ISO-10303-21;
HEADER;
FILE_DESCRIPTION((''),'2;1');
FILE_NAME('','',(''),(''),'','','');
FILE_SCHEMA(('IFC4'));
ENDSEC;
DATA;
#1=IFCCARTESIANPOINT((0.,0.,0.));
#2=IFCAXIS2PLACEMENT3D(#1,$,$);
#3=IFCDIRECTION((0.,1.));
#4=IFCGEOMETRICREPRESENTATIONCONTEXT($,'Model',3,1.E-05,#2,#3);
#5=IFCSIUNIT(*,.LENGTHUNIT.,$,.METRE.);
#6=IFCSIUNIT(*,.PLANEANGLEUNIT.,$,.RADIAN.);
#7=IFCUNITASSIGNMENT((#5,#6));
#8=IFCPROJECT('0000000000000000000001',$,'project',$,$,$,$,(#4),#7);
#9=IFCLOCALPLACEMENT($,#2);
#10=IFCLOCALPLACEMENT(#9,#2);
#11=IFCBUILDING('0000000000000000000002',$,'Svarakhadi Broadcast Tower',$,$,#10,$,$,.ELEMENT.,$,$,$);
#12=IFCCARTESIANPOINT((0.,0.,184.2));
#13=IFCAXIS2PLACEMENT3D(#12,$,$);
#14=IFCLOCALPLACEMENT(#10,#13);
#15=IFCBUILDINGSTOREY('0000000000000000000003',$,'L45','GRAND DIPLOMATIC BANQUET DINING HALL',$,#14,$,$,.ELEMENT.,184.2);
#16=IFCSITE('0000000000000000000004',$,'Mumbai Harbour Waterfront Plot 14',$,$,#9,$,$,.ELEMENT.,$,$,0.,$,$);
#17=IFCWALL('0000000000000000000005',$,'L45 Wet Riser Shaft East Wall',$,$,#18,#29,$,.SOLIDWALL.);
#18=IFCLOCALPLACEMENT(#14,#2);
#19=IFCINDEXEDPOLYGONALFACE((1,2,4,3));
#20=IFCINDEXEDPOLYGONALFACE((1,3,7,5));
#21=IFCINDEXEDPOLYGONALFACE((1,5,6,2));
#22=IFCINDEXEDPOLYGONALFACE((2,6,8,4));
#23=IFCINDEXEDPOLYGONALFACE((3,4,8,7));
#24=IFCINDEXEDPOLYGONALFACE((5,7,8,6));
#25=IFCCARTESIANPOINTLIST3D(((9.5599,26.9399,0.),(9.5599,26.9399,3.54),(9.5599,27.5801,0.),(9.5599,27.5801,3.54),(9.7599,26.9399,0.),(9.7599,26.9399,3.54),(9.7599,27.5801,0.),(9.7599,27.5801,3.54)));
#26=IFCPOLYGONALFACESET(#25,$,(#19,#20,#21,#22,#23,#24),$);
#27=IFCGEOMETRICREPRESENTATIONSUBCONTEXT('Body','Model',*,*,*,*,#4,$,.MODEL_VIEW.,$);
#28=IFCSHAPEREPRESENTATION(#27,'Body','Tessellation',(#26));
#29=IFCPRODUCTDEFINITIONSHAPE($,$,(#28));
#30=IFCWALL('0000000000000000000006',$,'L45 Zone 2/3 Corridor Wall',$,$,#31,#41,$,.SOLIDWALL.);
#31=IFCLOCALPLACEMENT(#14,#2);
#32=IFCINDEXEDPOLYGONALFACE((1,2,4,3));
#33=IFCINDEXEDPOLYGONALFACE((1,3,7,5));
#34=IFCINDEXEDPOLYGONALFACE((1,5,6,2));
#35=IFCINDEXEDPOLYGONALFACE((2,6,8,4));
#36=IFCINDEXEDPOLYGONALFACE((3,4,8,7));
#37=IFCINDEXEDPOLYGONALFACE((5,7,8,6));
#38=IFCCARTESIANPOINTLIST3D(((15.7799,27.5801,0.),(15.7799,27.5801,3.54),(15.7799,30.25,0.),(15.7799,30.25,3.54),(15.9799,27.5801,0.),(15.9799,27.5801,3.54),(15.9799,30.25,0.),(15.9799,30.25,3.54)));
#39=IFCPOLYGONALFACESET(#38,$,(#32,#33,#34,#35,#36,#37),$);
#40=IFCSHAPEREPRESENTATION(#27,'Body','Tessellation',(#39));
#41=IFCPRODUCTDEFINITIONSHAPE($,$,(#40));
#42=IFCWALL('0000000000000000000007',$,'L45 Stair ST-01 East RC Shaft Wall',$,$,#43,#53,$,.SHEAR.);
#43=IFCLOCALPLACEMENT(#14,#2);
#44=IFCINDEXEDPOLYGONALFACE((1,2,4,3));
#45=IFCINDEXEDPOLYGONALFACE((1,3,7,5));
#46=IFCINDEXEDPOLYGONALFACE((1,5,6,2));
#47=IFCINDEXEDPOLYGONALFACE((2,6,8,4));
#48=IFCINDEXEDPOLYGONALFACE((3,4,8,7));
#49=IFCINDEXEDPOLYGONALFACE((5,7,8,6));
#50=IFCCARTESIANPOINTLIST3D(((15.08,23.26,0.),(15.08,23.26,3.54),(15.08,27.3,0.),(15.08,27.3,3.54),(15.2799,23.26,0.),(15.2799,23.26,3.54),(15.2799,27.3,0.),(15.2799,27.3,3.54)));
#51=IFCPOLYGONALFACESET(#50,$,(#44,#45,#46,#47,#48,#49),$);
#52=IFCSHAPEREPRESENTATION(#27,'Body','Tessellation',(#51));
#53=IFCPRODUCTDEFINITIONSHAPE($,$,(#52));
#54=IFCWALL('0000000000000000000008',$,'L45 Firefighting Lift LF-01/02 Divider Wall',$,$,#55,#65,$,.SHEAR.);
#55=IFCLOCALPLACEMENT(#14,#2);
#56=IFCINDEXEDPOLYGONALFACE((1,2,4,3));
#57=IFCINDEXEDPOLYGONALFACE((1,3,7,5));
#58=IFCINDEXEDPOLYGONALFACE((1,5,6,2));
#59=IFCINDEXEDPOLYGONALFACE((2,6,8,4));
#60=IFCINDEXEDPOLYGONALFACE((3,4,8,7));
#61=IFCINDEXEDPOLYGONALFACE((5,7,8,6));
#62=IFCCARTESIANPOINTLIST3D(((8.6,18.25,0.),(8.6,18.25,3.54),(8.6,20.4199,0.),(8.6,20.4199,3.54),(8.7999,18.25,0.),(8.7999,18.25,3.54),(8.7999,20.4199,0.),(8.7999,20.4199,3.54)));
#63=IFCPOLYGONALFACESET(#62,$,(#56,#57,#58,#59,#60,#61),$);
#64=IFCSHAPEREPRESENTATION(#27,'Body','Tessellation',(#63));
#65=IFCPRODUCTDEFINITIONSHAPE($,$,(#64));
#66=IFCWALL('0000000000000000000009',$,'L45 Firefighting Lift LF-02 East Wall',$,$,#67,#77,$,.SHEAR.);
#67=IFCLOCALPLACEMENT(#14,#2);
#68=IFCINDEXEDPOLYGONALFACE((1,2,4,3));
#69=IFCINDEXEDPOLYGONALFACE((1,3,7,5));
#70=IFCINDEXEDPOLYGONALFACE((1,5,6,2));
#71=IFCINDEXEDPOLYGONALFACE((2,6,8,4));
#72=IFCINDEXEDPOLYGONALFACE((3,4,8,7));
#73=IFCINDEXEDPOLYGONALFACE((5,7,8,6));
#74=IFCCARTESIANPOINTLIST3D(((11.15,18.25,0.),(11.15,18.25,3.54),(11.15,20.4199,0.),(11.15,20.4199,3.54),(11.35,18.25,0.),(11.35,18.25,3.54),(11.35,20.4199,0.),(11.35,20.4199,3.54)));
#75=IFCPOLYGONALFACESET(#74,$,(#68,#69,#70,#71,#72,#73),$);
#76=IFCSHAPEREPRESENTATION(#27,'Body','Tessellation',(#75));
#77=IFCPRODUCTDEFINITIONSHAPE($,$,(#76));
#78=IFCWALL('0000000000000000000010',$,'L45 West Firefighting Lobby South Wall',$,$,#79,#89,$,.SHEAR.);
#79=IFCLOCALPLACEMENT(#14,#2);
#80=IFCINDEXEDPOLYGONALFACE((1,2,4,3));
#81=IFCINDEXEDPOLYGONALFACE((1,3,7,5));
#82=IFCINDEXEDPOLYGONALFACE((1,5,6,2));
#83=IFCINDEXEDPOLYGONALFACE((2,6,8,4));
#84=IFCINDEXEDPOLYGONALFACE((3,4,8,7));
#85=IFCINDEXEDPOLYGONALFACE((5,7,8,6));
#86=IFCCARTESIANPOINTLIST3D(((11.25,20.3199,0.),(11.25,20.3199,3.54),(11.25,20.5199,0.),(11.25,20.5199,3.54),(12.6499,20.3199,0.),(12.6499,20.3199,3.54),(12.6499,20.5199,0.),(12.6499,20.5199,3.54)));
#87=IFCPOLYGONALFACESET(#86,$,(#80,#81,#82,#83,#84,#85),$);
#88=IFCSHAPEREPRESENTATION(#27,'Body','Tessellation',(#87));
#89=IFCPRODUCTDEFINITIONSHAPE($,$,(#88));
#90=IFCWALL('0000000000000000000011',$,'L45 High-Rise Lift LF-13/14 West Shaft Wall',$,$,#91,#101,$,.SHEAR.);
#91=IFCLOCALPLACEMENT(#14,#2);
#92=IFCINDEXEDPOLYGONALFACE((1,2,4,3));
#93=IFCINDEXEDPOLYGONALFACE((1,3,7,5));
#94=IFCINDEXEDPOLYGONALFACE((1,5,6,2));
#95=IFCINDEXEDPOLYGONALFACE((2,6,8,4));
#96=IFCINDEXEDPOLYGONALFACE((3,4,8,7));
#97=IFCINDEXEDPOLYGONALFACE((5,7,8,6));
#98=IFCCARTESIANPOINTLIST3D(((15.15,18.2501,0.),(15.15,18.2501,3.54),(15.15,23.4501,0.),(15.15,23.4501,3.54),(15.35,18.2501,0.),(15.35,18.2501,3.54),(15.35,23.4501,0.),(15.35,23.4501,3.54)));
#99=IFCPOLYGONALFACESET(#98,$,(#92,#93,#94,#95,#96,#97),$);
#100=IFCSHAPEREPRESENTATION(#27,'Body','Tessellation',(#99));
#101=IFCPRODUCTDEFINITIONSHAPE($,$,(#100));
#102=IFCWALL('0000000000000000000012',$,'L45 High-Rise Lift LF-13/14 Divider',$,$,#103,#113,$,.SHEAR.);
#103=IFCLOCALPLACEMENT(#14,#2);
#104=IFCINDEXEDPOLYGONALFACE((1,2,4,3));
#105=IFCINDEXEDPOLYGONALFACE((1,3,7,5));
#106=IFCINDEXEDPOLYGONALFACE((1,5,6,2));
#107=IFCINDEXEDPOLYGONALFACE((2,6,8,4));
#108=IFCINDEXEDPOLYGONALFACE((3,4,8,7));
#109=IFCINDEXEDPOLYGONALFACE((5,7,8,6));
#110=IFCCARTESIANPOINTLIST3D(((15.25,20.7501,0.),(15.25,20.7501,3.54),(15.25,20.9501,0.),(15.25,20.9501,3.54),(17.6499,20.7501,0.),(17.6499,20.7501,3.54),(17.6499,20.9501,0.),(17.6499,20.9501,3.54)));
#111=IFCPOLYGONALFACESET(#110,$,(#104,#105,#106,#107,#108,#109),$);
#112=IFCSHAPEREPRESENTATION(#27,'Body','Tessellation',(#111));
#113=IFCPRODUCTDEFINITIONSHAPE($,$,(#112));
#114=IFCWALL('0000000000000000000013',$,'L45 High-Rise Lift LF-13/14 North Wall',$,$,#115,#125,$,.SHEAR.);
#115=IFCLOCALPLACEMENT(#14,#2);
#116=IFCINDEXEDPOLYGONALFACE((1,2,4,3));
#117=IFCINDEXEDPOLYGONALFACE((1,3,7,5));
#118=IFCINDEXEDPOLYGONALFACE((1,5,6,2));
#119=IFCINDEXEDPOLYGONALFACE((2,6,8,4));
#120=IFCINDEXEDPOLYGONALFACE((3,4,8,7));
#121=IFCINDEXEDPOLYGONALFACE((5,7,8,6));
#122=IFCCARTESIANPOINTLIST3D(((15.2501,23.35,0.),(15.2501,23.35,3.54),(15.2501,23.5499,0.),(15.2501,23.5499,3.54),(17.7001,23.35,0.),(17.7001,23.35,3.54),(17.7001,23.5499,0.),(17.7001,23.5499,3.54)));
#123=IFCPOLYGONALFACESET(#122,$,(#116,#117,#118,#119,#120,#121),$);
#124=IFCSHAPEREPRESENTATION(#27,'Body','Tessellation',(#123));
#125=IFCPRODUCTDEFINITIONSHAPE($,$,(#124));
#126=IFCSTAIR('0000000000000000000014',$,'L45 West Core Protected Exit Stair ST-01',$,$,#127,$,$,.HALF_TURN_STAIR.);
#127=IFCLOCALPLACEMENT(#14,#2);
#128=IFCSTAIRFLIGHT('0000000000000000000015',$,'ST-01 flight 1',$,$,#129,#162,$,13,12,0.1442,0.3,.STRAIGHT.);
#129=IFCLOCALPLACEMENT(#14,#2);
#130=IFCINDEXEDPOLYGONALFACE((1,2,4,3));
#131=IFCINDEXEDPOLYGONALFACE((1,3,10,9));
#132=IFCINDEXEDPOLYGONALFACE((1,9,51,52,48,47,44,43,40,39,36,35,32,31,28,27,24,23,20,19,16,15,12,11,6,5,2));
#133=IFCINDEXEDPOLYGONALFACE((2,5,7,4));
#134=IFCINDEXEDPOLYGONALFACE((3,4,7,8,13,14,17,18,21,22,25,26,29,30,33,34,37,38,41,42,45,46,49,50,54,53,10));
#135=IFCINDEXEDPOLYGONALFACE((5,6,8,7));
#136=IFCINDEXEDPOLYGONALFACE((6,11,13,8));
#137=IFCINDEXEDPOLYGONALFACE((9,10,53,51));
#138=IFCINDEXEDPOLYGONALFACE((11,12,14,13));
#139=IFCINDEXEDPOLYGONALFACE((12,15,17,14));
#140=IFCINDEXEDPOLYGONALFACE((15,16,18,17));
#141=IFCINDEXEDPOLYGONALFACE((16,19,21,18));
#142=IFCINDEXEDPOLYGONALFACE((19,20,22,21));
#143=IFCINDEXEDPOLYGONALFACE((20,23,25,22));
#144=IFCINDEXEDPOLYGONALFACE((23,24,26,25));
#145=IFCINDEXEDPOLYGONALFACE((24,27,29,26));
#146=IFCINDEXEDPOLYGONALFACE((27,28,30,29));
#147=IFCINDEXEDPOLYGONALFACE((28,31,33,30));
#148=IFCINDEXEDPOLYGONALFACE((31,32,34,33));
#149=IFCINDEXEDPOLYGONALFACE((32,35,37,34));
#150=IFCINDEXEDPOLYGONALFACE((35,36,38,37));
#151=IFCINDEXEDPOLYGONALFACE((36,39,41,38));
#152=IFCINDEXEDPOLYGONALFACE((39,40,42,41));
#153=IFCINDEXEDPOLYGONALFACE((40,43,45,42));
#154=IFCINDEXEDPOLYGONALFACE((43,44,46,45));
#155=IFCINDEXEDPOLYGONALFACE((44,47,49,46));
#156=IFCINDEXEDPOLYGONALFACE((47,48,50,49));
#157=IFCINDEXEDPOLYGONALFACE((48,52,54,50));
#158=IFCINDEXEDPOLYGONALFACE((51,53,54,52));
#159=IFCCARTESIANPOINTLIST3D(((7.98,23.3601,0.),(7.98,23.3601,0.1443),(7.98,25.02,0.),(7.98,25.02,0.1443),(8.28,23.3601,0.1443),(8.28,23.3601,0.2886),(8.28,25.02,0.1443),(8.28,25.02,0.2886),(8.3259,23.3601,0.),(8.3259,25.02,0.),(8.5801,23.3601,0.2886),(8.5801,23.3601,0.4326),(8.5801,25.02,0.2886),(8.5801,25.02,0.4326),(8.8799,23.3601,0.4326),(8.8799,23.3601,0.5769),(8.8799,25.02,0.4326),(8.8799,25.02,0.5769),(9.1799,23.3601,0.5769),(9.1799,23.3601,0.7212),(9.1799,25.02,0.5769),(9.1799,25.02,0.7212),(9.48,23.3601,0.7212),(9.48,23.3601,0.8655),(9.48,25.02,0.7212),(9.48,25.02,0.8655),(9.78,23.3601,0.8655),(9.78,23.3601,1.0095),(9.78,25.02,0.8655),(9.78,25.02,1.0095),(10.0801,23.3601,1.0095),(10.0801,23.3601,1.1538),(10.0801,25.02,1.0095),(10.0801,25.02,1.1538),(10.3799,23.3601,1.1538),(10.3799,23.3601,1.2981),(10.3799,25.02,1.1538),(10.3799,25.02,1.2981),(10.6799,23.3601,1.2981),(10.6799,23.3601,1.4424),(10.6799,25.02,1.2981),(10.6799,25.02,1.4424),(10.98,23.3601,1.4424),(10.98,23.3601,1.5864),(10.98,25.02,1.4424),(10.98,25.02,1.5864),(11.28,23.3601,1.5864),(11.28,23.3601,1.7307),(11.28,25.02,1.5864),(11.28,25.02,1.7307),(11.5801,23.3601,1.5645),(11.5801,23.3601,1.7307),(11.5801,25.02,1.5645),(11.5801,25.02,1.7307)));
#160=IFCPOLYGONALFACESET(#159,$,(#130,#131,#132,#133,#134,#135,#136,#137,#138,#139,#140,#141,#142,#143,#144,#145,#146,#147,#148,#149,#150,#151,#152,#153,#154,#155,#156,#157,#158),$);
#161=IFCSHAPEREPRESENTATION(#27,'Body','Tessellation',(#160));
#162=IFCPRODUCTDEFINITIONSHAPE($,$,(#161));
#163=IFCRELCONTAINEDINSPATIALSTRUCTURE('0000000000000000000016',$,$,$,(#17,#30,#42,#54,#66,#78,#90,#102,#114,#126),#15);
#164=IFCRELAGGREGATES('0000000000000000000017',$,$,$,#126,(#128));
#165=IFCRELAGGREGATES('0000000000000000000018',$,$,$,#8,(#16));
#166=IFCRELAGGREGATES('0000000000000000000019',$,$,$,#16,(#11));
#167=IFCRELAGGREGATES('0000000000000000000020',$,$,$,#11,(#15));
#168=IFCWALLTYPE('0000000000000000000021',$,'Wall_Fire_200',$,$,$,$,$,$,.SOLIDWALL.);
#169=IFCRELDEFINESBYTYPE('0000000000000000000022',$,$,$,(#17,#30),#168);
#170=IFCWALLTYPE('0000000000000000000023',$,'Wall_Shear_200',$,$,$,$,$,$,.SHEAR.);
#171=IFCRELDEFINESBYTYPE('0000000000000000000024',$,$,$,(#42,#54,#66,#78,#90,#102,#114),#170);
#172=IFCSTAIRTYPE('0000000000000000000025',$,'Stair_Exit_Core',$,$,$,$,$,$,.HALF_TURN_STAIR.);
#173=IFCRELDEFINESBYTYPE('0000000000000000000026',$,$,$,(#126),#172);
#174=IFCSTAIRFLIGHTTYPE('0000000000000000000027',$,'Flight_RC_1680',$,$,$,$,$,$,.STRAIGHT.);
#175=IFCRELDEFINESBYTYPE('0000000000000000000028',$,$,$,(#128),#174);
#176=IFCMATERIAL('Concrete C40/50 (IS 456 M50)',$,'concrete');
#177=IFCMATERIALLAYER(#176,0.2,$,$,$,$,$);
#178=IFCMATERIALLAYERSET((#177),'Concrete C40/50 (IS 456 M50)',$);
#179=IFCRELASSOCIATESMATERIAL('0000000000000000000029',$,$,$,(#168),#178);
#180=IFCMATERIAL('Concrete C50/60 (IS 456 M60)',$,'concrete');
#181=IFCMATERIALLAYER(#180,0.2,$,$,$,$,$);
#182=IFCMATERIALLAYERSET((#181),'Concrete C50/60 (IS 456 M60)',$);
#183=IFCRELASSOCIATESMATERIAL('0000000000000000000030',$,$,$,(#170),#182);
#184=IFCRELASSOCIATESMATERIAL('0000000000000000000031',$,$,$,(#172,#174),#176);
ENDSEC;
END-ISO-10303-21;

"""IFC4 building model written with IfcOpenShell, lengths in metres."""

from ifc_helpers import new_model, si_unit, direction, frame, frame_2d, origin, place, context, subcontext, project, spatial, polyline, rectangle, outline, extrude, material, layer, layer_set, type_object, element, aggregate, save


model = new_model("IFC4")

# Units and contexts
model_context = context("Model", 3, precision=1e-05, world=origin(), true_north=direction((0.0, 1.0)))
body_context = subcontext(model_context, "Body", "Model", "MODEL_VIEW")
ifc_project = project(units=[si_unit("LENGTHUNIT", "METRE"), si_unit("PLANEANGLEUNIT", "RADIAN")], contexts=[model_context])

# Site, building, storey
site_placement = place(None, origin())
site = spatial("IfcSite", under=ifc_project, at=site_placement, Name="Mumbai Harbour Waterfront Plot 14", CompositionType="ELEMENT", RefElevation=0.0)
building_placement = place(site_placement, origin())
building = spatial("IfcBuilding", under=site, at=building_placement, Name="Svarakhadi Broadcast Tower", CompositionType="ELEMENT")
storey_placement = place(building_placement, frame((0.0, 0.0, 184.2)))
storey = spatial("IfcBuildingStorey", under=building, at=storey_placement, Name="L45", Description="GRAND DIPLOMATIC BANQUET DINING HALL", CompositionType="ELEMENT", Elevation=184.2)

# Shared definitions
ifc_material_1 = material(Name="Concrete C50/60 (IS 456 M60)", Category="concrete")

# Walls
ifc_material_2 = material(Name="Concrete C40/50 (IS 456 M50)", Category="concrete")
ifc_layer_1 = layer(ifc_material_2, 0.2)
ifc_layer_set_1 = layer_set([ifc_layer_1], Name="Concrete C40/50 (IS 456 M50)")
wall_type_1 = type_object("IfcWallType", Name="Wall_Fire_200", PredefinedType="SOLIDWALL", material=ifc_layer_set_1)
wall_1_placement = place(storey_placement, frame((9.6599, 26.9399, 0.0), z_axis=(0.0, 0.0, 1.0), x_axis=(0.0, 1.0, 0.0)))
element("IfcWall", 1, at=wall_1_placement, inside=storey, type_object=wall_type_1, Name="L45 Wet Riser Shaft East Wall", PredefinedType="SOLIDWALL", context=body_context, shape_type="SweptSolid", body=[
    extrude(rectangle(XDim=0.6401, YDim=0.2, at=frame_2d((0.3201, 0.0))), origin(), (0.0, 0.0, 1.0), 3.54),
])
wall_2_placement = place(storey_placement, frame((15.8799, 27.5801, 0.0), z_axis=(0.0, 0.0, 1.0), x_axis=(0.0, 1.0, 0.0)))
element("IfcWall", 2, at=wall_2_placement, inside=storey, type_object=wall_type_1, Name="L45 Zone 2/3 Corridor Wall", PredefinedType="SOLIDWALL", context=body_context, shape_type="SweptSolid", body=[
    extrude(rectangle(XDim=2.6699, YDim=0.2, at=frame_2d((1.335, 0.0))), origin(), (0.0, 0.0, 1.0), 3.54),
])
ifc_layer_2 = layer(ifc_material_1, 0.2)
ifc_layer_set_2 = layer_set([ifc_layer_2], Name="Concrete C50/60 (IS 456 M60)")
wall_type_2 = type_object("IfcWallType", Name="Wall_Shear_200", PredefinedType="SHEAR", material=ifc_layer_set_2)
wall_3_placement = place(storey_placement, frame((15.1799, 23.26, 0.0), z_axis=(0.0, 0.0, 1.0), x_axis=(0.0, 1.0, 0.0)))
element("IfcWall", 3, at=wall_3_placement, inside=storey, type_object=wall_type_2, Name="L45 Stair ST-01 East RC Shaft Wall", PredefinedType="SHEAR", context=body_context, shape_type="SweptSolid", body=[
    extrude(rectangle(XDim=4.04, YDim=0.2, at=frame_2d((2.02, 0.0))), origin(), (0.0, 0.0, 1.0), 3.54),
])
for number, where, z_axis, x_axis, name in (
    (4, (8.7, 18.25, 0.0), (0.0, 0.0, 1.0), (0.0, 1.0, 0.0), "L45 Firefighting Lift LF-01/02 Divider Wall"),
    (5, (11.25, 18.25, 0.0), (0.0, 0.0, 1.0), (0.0, 1.0, 0.0), "L45 Firefighting Lift LF-02 East Wall"),
):
    element("IfcWall", number, at=place(storey_placement, frame(where, z_axis=z_axis, x_axis=x_axis)), inside=storey, type_object=wall_type_2, Name=name, PredefinedType="SHEAR", context=body_context, shape_type="SweptSolid", body=[
        extrude(rectangle(XDim=2.1699, YDim=0.2, at=frame_2d((1.085, 0.0))), origin(), (0.0, 0.0, 1.0), 3.54),
    ])
wall_4_placement = place(storey_placement, frame((11.25, 20.4199, 0.0), z_axis=(0.0, 0.0, 1.0), x_axis=(1.0, 0.0, 0.0)))
element("IfcWall", 6, at=wall_4_placement, inside=storey, type_object=wall_type_2, Name="L45 West Firefighting Lobby South Wall", PredefinedType="SHEAR", context=body_context, shape_type="SweptSolid", body=[
    extrude(rectangle(XDim=1.3999, YDim=0.2, at=frame_2d((0.7, 0.0))), origin(), (0.0, 0.0, 1.0), 3.54),
])

# Walls
wall_5_placement = place(storey_placement, frame((15.25, 18.25, 0.0), z_axis=(0.0, 0.0, 1.0), x_axis=(0.0, 1.0, 0.0)))
element("IfcWall", 7, at=wall_5_placement, inside=storey, type_object=wall_type_2, Name="L45 High-Rise Lift LF-13/14 West Shaft Wall", PredefinedType="SHEAR", context=body_context, shape_type="SweptSolid", body=[
    extrude(rectangle(XDim=5.2, YDim=0.2, at=frame_2d((2.6001, 0.0))), origin(), (0.0, 0.0, 1.0), 3.54),
])
wall_6_placement = place(storey_placement, frame((15.25, 20.8501, 0.0), z_axis=(0.0, 0.0, 1.0), x_axis=(1.0, 0.0, 0.0)))
element("IfcWall", 8, at=wall_6_placement, inside=storey, type_object=wall_type_2, Name="L45 High-Rise Lift LF-13/14 Divider", PredefinedType="SHEAR", context=body_context, shape_type="SweptSolid", body=[
    extrude(rectangle(XDim=2.3999, YDim=0.2, at=frame_2d((1.2, 0.0))), origin(), (0.0, 0.0, 1.0), 3.54),
])
wall_7_placement = place(storey_placement, frame((15.25, 23.45, 0.0), z_axis=(0.0, 0.0, 1.0), x_axis=(1.0, 0.0, 0.0)))
element("IfcWall", 9, at=wall_7_placement, inside=storey, type_object=wall_type_2, Name="L45 High-Rise Lift LF-13/14 North Wall", PredefinedType="SHEAR", context=body_context, shape_type="SweptSolid", body=[
    extrude(rectangle(XDim=2.45, YDim=0.2, at=frame_2d((1.2251, 0.0))), origin(), (0.0, 0.0, 1.0), 3.54),
])

# Stair, stair flight
stair_type = type_object("IfcStairType", Name="Stair_Exit_Core", PredefinedType="HALF_TURN_STAIR", material=ifc_material_2)
stair_placement = place(storey_placement, origin())
stair = element("IfcStair", 10, at=stair_placement, inside=storey, type_object=stair_type, Name="L45 West Core Protected Exit Stair ST-01", PredefinedType="HALF_TURN_STAIR")
stair_flight_type = type_object("IfcStairFlightType", Name="Flight_RC_1680", PredefinedType="STRAIGHT", material=ifc_material_2)
stair_flight_1_placement = place(storey_placement, frame((7.98, 24.1899, 0.0), z_axis=(0.0, 0.0, 1.0), x_axis=(1.0, 0.0, 0.0)))
stair_flight_1 = element("IfcStairFlight", 11, at=stair_flight_1_placement, type_object=stair_flight_type, Name="ST-01 flight 1", NumberOfRisers=13, NumberOfTreads=12, PredefinedType="STRAIGHT", RiserHeight=0.1442, TreadLength=0.3, context=body_context, shape_type="SweptSolid", body=[
    extrude(outline(polyline([(0.0, 0.0), (0.0, 0.1443), (0.3, 0.1443), (0.3, 0.2886), (0.6001, 0.2886), (0.6001, 0.4326), (0.8999, 0.4326), (0.8999, 0.5769), (1.2, 0.5769), (1.2, 0.7212), (1.5, 0.7212), (1.5, 0.8655), (1.8, 0.8655), (1.8, 1.0095), (2.1001, 1.0095), (2.1001, 1.1538), (2.3999, 1.1538), (2.3999, 1.2981), (2.7, 1.2981), (2.7, 1.4424), (3.0, 1.4424), (3.0, 1.5864), (3.3, 1.5864), (3.3, 1.7307), (3.6001, 1.7307), (3.6001, 1.875), (3.6001, 1.5645), (0.3459, 0.0), (0.0, 0.0)])), frame((0.0, 0.8301, 0.0), z_axis=(0.0, -1.0, 0.0), x_axis=(1.0, 0.0, 0.0)), (0.0, 0.0, 1.0), 1.6599),
])
aggregate(stair, [stair_flight_1])

save(model, "model.ifc")
